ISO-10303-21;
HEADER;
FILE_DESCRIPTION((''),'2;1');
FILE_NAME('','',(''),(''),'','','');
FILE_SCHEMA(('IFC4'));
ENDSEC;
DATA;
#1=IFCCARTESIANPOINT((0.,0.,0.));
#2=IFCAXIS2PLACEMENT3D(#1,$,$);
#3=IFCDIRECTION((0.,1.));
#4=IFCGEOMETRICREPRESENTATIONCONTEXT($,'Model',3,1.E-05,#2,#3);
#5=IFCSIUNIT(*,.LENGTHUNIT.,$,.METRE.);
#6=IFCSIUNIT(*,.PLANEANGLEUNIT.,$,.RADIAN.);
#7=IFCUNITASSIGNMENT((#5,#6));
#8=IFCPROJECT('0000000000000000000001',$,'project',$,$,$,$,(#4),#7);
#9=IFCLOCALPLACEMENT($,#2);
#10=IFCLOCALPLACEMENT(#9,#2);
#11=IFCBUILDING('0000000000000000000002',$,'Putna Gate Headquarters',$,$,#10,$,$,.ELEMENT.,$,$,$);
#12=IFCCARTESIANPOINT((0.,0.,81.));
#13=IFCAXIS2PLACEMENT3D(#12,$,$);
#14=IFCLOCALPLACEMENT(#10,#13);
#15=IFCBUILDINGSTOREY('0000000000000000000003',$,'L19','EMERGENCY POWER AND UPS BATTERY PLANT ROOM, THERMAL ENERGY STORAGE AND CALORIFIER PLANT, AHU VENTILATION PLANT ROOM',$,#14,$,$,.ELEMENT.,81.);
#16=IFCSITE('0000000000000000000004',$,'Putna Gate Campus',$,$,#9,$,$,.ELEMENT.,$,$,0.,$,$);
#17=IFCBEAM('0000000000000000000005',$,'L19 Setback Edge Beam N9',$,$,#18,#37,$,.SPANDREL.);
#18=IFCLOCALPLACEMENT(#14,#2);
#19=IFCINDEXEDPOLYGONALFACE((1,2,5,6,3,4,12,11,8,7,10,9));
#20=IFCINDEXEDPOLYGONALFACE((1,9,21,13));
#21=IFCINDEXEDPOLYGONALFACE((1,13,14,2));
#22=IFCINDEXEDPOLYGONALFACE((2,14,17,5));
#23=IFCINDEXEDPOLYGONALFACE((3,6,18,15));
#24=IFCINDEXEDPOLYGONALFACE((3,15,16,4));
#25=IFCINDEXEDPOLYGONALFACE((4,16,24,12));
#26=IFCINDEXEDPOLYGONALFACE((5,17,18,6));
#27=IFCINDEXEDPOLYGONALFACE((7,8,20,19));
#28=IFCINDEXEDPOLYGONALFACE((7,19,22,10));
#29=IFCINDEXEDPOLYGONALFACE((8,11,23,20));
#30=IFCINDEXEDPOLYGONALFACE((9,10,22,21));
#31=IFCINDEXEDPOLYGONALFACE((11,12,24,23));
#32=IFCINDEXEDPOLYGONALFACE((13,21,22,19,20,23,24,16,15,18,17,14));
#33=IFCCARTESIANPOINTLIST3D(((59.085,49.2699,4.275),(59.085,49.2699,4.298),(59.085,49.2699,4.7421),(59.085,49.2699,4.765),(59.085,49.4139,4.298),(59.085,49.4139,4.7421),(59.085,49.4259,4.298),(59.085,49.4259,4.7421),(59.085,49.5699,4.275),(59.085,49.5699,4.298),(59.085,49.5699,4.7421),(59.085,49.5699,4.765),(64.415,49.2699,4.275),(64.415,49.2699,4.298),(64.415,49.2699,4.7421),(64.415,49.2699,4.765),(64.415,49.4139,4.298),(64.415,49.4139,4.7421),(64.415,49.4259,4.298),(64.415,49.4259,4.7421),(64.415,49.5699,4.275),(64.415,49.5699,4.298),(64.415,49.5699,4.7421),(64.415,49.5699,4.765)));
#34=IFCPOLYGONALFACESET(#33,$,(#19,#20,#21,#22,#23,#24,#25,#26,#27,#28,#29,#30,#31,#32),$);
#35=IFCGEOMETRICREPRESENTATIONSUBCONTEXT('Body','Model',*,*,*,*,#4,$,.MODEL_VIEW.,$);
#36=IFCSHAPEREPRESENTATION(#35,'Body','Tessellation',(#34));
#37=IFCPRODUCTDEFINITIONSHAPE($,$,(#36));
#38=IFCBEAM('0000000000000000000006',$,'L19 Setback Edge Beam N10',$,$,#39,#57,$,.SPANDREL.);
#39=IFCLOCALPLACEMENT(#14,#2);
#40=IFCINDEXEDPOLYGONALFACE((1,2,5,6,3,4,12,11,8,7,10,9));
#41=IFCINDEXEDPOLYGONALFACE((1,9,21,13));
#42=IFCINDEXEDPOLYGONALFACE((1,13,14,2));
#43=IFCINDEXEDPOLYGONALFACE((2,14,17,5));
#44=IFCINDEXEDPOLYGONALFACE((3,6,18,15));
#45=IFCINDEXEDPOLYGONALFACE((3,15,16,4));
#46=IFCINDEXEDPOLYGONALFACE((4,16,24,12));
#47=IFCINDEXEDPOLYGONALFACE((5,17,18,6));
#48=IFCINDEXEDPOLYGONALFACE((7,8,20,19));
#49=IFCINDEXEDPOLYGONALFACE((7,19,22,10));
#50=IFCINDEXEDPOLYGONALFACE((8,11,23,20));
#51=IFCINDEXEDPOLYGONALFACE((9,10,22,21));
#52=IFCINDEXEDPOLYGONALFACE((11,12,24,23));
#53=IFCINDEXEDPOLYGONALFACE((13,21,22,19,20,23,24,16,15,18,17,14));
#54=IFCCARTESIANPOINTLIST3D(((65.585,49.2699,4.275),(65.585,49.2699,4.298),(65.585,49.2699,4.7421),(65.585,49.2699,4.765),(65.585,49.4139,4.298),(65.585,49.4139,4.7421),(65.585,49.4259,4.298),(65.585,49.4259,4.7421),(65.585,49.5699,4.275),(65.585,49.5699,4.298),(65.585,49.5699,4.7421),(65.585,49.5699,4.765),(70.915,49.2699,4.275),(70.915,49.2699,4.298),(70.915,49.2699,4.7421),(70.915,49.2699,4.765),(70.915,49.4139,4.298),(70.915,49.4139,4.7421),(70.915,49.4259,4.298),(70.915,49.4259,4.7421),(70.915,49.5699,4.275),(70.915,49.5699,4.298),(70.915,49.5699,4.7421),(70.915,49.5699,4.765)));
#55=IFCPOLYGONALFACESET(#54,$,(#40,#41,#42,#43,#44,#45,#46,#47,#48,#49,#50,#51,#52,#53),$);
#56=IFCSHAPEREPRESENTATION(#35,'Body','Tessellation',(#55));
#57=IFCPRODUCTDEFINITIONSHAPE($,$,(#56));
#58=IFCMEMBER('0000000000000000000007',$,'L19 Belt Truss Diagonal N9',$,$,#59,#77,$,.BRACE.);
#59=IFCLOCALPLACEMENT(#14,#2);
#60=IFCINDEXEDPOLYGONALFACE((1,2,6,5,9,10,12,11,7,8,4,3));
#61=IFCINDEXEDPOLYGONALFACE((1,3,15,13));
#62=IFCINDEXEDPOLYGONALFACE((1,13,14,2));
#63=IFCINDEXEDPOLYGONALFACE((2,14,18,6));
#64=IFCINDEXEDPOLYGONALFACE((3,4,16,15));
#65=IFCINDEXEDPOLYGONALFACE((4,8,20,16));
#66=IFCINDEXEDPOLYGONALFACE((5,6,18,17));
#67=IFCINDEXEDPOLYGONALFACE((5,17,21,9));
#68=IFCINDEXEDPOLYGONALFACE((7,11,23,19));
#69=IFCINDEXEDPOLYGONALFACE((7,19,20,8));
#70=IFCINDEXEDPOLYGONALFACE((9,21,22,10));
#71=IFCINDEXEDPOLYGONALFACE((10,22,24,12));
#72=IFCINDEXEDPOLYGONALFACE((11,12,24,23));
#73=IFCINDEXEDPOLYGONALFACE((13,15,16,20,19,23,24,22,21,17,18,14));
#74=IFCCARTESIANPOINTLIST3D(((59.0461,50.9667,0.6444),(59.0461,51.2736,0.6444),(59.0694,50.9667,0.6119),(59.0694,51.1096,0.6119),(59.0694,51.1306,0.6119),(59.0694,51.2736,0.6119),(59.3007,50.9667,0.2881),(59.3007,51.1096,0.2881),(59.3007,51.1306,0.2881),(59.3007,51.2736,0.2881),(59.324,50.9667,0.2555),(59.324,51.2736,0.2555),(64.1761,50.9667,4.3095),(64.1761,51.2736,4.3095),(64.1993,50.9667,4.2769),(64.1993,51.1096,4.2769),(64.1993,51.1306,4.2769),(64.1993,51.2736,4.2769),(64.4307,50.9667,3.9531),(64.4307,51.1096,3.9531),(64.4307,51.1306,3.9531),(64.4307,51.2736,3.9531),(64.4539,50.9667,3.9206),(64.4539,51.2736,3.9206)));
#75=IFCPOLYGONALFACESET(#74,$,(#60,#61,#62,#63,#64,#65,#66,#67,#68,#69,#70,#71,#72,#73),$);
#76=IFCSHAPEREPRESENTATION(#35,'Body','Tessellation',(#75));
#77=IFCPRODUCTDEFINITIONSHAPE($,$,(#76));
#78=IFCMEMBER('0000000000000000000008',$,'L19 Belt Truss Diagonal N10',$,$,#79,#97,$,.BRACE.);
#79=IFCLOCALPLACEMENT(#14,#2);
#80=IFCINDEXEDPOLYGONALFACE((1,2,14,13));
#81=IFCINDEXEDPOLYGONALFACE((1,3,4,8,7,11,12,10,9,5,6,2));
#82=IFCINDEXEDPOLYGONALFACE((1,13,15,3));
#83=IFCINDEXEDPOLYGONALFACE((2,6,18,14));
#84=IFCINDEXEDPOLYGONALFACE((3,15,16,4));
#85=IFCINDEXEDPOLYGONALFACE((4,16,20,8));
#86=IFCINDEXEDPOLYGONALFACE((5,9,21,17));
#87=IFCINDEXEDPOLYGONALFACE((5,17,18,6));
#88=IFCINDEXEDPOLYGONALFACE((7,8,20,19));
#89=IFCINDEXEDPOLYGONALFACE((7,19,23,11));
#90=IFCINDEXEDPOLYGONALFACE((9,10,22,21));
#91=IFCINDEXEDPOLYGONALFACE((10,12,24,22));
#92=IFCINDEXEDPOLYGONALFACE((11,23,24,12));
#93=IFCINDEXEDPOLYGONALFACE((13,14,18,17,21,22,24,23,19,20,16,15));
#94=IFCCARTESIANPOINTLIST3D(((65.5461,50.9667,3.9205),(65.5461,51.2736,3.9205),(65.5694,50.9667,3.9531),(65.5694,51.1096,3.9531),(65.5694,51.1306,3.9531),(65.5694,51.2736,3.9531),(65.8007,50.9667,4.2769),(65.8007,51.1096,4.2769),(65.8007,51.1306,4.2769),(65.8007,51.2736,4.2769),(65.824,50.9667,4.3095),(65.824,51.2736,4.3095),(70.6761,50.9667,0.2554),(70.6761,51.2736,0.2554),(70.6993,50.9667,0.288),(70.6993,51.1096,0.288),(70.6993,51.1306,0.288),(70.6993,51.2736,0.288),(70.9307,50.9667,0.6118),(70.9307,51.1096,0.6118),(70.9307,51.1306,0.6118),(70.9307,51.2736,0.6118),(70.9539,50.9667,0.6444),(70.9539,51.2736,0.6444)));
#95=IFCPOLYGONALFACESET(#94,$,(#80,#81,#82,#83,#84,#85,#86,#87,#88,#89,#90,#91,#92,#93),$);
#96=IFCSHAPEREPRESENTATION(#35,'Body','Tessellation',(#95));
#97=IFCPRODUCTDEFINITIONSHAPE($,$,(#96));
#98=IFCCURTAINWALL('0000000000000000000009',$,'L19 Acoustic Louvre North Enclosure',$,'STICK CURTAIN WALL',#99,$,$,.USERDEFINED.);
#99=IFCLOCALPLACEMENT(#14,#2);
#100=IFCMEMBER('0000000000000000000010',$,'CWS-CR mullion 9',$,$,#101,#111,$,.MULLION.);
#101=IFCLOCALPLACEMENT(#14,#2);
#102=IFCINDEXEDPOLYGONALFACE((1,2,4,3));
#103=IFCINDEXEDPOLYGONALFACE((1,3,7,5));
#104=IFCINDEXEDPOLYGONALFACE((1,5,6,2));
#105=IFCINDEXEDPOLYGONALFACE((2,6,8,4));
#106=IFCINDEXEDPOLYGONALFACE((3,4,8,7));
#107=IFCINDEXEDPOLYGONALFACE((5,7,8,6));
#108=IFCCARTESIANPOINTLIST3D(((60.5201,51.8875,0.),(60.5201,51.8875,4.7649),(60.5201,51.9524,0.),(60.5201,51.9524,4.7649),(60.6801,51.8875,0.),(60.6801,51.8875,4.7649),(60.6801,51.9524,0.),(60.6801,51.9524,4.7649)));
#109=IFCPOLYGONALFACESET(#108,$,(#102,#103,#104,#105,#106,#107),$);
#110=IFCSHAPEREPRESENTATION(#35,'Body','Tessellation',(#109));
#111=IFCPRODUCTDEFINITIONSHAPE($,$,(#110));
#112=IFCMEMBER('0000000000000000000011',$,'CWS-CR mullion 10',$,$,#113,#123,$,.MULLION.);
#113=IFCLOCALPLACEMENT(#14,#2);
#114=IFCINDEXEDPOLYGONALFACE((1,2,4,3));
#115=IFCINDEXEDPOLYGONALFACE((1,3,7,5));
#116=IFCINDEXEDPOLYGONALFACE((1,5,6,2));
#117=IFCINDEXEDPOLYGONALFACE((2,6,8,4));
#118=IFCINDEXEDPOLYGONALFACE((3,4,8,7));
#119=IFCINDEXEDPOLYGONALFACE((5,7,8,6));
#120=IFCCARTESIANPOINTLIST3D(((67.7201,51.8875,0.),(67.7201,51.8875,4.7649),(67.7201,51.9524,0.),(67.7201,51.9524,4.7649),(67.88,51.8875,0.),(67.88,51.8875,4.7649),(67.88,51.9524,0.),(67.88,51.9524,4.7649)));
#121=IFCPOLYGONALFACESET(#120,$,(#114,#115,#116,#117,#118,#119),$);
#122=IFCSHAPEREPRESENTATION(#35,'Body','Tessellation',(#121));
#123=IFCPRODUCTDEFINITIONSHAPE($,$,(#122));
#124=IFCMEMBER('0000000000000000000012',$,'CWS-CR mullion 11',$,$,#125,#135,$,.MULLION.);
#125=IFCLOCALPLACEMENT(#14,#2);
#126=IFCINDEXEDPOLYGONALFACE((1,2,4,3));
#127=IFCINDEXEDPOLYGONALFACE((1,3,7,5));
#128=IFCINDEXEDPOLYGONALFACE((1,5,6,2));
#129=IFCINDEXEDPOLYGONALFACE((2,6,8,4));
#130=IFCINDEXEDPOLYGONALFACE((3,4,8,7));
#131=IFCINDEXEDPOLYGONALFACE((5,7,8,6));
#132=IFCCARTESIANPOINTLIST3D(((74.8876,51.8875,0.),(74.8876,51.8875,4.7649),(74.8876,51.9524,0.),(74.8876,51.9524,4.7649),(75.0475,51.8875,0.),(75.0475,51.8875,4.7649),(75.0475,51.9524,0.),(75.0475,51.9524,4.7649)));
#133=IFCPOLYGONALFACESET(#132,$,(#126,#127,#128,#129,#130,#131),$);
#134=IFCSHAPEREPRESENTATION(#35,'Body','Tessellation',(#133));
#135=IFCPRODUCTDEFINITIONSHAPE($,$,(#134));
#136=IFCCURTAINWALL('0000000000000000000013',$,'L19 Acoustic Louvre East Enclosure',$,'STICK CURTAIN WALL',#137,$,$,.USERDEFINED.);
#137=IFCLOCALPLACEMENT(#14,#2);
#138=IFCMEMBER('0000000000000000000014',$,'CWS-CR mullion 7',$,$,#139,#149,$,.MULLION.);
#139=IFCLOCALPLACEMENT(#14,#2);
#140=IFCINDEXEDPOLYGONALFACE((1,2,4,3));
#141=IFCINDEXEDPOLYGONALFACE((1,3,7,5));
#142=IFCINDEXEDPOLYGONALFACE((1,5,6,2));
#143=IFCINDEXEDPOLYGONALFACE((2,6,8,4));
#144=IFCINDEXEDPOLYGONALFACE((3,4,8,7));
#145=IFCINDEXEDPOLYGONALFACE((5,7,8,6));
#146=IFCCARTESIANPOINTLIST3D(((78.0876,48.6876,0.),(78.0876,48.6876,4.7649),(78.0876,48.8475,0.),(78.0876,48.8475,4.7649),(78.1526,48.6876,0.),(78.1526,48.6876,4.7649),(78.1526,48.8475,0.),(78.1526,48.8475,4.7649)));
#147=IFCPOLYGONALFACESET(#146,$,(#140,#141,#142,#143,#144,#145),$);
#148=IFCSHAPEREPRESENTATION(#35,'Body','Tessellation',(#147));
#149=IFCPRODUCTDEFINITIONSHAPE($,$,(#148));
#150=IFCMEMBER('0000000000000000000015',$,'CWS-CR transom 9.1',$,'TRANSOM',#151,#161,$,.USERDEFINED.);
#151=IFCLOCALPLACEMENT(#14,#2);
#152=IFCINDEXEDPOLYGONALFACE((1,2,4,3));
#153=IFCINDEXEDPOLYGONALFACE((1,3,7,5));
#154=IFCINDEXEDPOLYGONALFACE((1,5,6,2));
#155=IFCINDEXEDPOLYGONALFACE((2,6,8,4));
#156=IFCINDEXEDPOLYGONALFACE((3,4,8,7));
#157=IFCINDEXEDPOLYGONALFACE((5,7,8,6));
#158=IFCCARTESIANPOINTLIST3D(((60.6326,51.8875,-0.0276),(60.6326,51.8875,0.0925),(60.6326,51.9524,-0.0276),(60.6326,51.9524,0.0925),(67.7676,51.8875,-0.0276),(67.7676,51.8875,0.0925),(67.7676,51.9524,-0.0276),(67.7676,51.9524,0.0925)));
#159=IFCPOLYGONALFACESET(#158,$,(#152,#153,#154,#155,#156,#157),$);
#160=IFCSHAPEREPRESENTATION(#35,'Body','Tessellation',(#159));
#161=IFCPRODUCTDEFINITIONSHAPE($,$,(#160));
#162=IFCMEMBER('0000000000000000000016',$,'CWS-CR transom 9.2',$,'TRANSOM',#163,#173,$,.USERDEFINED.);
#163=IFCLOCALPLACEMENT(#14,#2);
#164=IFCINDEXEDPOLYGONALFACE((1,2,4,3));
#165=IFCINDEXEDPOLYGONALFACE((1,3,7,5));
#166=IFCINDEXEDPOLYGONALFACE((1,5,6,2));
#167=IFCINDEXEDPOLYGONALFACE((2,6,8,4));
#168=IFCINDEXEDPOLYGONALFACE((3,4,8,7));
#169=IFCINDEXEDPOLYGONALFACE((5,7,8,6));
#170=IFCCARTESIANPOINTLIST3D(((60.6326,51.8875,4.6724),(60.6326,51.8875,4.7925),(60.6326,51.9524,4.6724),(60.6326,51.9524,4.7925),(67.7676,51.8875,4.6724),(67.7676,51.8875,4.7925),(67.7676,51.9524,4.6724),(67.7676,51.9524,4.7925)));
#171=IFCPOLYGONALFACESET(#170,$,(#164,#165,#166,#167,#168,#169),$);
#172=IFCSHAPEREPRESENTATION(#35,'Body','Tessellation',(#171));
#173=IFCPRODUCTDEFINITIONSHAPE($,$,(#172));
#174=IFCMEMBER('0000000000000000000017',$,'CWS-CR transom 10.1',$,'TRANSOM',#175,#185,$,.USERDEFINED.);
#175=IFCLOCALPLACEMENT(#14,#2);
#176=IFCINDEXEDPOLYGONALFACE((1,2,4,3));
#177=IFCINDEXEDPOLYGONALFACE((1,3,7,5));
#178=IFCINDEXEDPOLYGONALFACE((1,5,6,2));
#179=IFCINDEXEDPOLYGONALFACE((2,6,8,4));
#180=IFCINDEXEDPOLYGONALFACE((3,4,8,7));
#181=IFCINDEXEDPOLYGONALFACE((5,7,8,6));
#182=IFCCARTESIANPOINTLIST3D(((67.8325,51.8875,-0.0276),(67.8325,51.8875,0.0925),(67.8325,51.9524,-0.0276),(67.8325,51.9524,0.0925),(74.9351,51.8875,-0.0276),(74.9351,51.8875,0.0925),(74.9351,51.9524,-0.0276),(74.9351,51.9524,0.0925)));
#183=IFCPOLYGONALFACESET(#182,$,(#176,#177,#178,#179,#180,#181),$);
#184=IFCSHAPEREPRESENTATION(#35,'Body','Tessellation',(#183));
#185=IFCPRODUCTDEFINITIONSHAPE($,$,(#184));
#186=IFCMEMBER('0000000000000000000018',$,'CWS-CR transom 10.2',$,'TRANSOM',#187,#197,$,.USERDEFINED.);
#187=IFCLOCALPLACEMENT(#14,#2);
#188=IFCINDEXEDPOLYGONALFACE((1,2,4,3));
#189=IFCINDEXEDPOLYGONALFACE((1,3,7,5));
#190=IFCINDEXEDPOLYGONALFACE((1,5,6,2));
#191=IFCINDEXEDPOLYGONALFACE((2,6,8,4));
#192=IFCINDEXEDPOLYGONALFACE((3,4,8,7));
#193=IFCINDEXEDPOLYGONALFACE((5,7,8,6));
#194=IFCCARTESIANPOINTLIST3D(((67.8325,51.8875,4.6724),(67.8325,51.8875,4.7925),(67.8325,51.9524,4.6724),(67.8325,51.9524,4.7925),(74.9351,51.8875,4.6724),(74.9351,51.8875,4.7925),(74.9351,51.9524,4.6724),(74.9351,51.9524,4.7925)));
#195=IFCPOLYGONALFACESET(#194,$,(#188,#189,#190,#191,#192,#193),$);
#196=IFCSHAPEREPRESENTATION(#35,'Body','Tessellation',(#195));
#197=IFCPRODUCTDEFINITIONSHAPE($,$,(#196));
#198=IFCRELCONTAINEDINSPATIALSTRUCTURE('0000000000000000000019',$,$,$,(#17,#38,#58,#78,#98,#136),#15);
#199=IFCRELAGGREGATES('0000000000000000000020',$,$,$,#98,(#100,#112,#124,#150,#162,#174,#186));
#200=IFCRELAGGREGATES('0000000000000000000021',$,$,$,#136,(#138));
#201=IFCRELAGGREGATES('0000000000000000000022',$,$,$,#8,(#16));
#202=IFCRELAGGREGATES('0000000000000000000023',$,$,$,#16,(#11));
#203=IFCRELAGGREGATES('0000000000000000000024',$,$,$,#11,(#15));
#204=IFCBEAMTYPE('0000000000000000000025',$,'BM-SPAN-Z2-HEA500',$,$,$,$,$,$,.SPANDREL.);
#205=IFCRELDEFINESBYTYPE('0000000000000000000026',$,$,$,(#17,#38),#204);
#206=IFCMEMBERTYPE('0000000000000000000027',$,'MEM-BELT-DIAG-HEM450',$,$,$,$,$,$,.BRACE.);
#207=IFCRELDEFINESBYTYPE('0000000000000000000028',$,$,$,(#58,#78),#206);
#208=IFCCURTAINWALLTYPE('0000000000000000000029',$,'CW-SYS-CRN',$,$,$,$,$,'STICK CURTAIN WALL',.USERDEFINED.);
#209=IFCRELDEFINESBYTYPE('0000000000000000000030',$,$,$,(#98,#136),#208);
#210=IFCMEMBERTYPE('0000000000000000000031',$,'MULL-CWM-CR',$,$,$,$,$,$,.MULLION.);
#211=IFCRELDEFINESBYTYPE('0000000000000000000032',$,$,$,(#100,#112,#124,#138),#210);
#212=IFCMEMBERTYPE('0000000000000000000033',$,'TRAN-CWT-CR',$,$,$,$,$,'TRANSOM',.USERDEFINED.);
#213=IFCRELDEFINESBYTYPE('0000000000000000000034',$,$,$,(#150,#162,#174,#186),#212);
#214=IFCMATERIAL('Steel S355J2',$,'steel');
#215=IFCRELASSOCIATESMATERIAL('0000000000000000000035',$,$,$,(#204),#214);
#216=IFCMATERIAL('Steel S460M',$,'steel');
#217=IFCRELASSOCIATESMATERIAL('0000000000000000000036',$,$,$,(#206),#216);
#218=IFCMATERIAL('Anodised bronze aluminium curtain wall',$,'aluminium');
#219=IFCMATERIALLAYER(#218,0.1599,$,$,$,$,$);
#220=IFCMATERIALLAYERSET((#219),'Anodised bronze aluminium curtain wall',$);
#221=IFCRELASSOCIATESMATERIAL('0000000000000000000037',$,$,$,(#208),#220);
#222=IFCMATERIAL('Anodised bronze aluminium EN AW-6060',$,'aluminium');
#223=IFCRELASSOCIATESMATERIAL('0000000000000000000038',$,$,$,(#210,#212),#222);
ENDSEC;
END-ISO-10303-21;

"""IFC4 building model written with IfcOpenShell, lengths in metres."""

from ifc_helpers import new_model, si_unit, direction, frame, origin, origin_2d, place, context, subcontext, project, spatial, rectangle, i_section, extrude, material, layer, layer_set, material_profile, profile_set, type_object, element, aggregate, save


model = new_model("IFC4")

# Units and contexts
model_context = context("Model", 3, precision=1e-05, world=origin(), true_north=direction((0.0, 1.0)))
body_context = subcontext(model_context, "Body", "Model", "MODEL_VIEW")
ifc_project = project(units=[si_unit("LENGTHUNIT", "METRE"), si_unit("PLANEANGLEUNIT", "RADIAN")], contexts=[model_context])

# Site, building, storey
site_placement = place(None, origin())
site = spatial("IfcSite", under=ifc_project, at=site_placement, Name="Putna Gate Campus", CompositionType="ELEMENT", RefElevation=0.0)
building_placement = place(site_placement, origin())
building = spatial("IfcBuilding", under=site, at=building_placement, Name="Putna Gate Headquarters", CompositionType="ELEMENT")
storey_placement = place(building_placement, frame((0.0, 0.0, 81.0)))
storey = spatial("IfcBuildingStorey", under=building, at=storey_placement, Name="L19", Description="EMERGENCY POWER AND UPS BATTERY PLANT ROOM, THERMAL ENERGY STORAGE AND CALORIFIER PLANT, AHU VENTILATION PLANT ROOM", CompositionType="ELEMENT", Elevation=81.0)

# Beams
ifc_material_1 = material(Name="Steel S355J2", Category="steel")
ifc_material_profile_1 = material_profile(ifc_material_1, i_section(OverallWidth=0.3, OverallDepth=0.49, WebThickness=0.012, FlangeThickness=0.0229, at=origin_2d()), Name="Steel S355J2")
ifc_profile_set_1 = profile_set([ifc_material_profile_1], Name="Steel S355J2")
beam_type_1 = type_object("IfcBeamType", Name="BM-SPAN-Z2-HEA500", PredefinedType="SPANDREL", material=ifc_profile_set_1)
for number, where, z_axis, x_axis, name in (
    (1, (59.085, 49.4199, 4.52), (1.0, 0.0, 0.0), (0.0, 1.0, 0.0), "L19 Setback Edge Beam N9"),
    (2, (65.585, 49.4199, 4.52), (1.0, 0.0, 0.0), (0.0, 1.0, 0.0), "L19 Setback Edge Beam N10"),
):
    element("IfcBeam", number, at=place(storey_placement, frame(where, z_axis=z_axis, x_axis=x_axis)), inside=storey, type_object=beam_type_1, Name=name, PredefinedType="SPANDREL", context=body_context, shape_type="SweptSolid", body=[
        extrude(i_section(OverallWidth=0.3, OverallDepth=0.49, WebThickness=0.012, FlangeThickness=0.0229, at=origin_2d()), origin(), (0.0, 0.0, 1.0), 5.3301),
    ])

# Members
ifc_material_2 = material(Name="Steel S460M", Category="steel")
ifc_material_profile_2 = material_profile(ifc_material_2, i_section(OverallWidth=0.3069, OverallDepth=0.478, WebThickness=0.021, FlangeThickness=0.04, at=origin_2d()), Name="Steel S460M")
ifc_profile_set_2 = profile_set([ifc_material_profile_2], Name="Steel S460M")
member_type_1 = type_object("IfcMemberType", Name="MEM-BELT-DIAG-HEM450", PredefinedType="BRACE", material=ifc_profile_set_2)
for number, where, z_axis, x_axis, name in (
    (3, (59.1851, 51.1201, 0.45), (0.813671, 0.0, 0.581326), (0.0, 1.0, 0.0), "L19 Belt Truss Diagonal N9"),
    (4, (65.6851, 51.1201, 4.115), (0.813671, 0.0, -0.581326), (0.0, 1.0, 0.0), "L19 Belt Truss Diagonal N10"),
):
    element("IfcMember", number, at=place(storey_placement, frame(where, z_axis=z_axis, x_axis=x_axis)), inside=storey, type_object=member_type_1, Name=name, PredefinedType="BRACE", context=body_context, shape_type="SweptSolid", body=[
        extrude(i_section(OverallWidth=0.3069, OverallDepth=0.478, WebThickness=0.021, FlangeThickness=0.04, at=origin_2d()), origin(), (0.0, 0.0, 1.0), 6.3047),
    ])

# Curtain wall, members
ifc_material_3 = material(Name="Anodised bronze aluminium curtain wall", Category="aluminium")
ifc_layer_1 = layer(ifc_material_3, 0.1599)
ifc_layer_set_1 = layer_set([ifc_layer_1], Name="Anodised bronze aluminium curtain wall")
curtain_wall_type = type_object("IfcCurtainWallType", Name="CW-SYS-CRN", ElementType="STICK CURTAIN WALL", PredefinedType="USERDEFINED", material=ifc_layer_set_1)
curtain_wall_1_placement = place(storey_placement, origin())
curtain_wall_1 = element("IfcCurtainWall", 5, at=curtain_wall_1_placement, inside=storey, type_object=curtain_wall_type, Name="L19 Acoustic Louvre North Enclosure", ObjectType="STICK CURTAIN WALL", PredefinedType="USERDEFINED")
ifc_material_4 = material(Name="Anodised bronze aluminium EN AW-6060", Category="aluminium")
ifc_material_profile_3 = material_profile(ifc_material_4, rectangle(XDim=0.0649, YDim=0.1599, at=origin_2d()), Name="Anodised bronze aluminium EN AW-6060")
ifc_profile_set_3 = profile_set([ifc_material_profile_3], Name="Anodised bronze aluminium EN AW-6060")
member_type_2 = type_object("IfcMemberType", Name="MULL-CWM-CR", PredefinedType="MULLION", material=ifc_profile_set_3)
member_1_placement = place(storey_placement, frame((60.6001, 51.9199, 0.0), z_axis=(0.0, 0.0, 1.0), x_axis=(0.0, 1.0, 0.0)))
member_1 = element("IfcMember", 6, at=member_1_placement, type_object=member_type_2, Name="CWS-CR mullion 9", PredefinedType="MULLION", context=body_context, shape_type="SweptSolid", body=[
    extrude(rectangle(XDim=0.0649, YDim=0.1599, at=origin_2d()), origin(), (0.0, 0.0, 1.0), 4.7649),
])
member_2_placement = place(storey_placement, frame((67.8, 51.9199, 0.0), z_axis=(0.0, 0.0, 1.0), x_axis=(0.0, 1.0, 0.0)))
member_2 = element("IfcMember", 7, at=member_2_placement, type_object=member_type_2, Name="CWS-CR mullion 10", PredefinedType="MULLION", context=body_context, shape_type="SweptSolid", body=[
    extrude(rectangle(XDim=0.0649, YDim=0.1599, at=origin_2d()), origin(), (0.0, 0.0, 1.0), 4.7649),
])
member_3_placement = place(storey_placement, frame((74.9675, 51.9199, 0.0), z_axis=(0.0, 0.0, 1.0), x_axis=(0.0, 1.0, 0.0)))
member_3 = element("IfcMember", 8, at=member_3_placement, type_object=member_type_2, Name="CWS-CR mullion 11", PredefinedType="MULLION", context=body_context, shape_type="SweptSolid", body=[
    extrude(rectangle(XDim=0.0649, YDim=0.1599, at=origin_2d()), origin(), (0.0, 0.0, 1.0), 4.7649),
])

# Curtain wall, member
curtain_wall_2_placement = place(storey_placement, origin())
curtain_wall_2 = element("IfcCurtainWall", 9, at=curtain_wall_2_placement, inside=storey, type_object=curtain_wall_type, Name="L19 Acoustic Louvre East Enclosure", ObjectType="STICK CURTAIN WALL", PredefinedType="USERDEFINED")
member_4_placement = place(storey_placement, frame((78.1201, 48.7676, 0.0), z_axis=(0.0, 0.0, 1.0), x_axis=(-1.0, 0.0, 0.0)))
member_4 = element("IfcMember", 10, at=member_4_placement, type_object=member_type_2, Name="CWS-CR mullion 7", PredefinedType="MULLION", context=body_context, shape_type="SweptSolid", body=[
    extrude(rectangle(XDim=0.0649, YDim=0.1599, at=origin_2d()), origin(), (0.0, 0.0, 1.0), 4.7649),
])

# Members
ifc_material_profile_4 = material_profile(ifc_material_4, rectangle(XDim=0.0649, YDim=0.1201, at=origin_2d()), Name="Anodised bronze aluminium EN AW-6060")
ifc_profile_set_4 = profile_set([ifc_material_profile_4], Name="Anodised bronze aluminium EN AW-6060")
member_type_3 = type_object("IfcMemberType", Name="TRAN-CWT-CR", ElementType="TRANSOM", PredefinedType="USERDEFINED", material=ifc_profile_set_4)
member_5_placement = place(storey_placement, frame((60.6326, 51.9199, 0.0325), z_axis=(1.0, 0.0, 0.0), x_axis=(0.0, 1.0, 0.0)))
member_5 = element("IfcMember", 11, at=member_5_placement, type_object=member_type_3, Name="CWS-CR transom 9.1", ObjectType="TRANSOM", PredefinedType="USERDEFINED", context=body_context, shape_type="SweptSolid", body=[
    extrude(rectangle(XDim=0.0649, YDim=0.1201, at=origin_2d()), origin(), (0.0, 0.0, 1.0), 7.135),
])
member_6_placement = place(storey_placement, frame((60.6326, 51.9199, 4.7324), z_axis=(1.0, 0.0, 0.0), x_axis=(0.0, 1.0, 0.0)))
member_6 = element("IfcMember", 12, at=member_6_placement, type_object=member_type_3, Name="CWS-CR transom 9.2", ObjectType="TRANSOM", PredefinedType="USERDEFINED", context=body_context, shape_type="SweptSolid", body=[
    extrude(rectangle(XDim=0.0649, YDim=0.1201, at=origin_2d()), origin(), (0.0, 0.0, 1.0), 7.135),
])
member_7_placement = place(storey_placement, frame((67.8325, 51.9199, 0.0325), z_axis=(1.0, 0.0, 0.0), x_axis=(0.0, 1.0, 0.0)))
member_7 = element("IfcMember", 13, at=member_7_placement, type_object=member_type_3, Name="CWS-CR transom 10.1", ObjectType="TRANSOM", PredefinedType="USERDEFINED", context=body_context, shape_type="SweptSolid", body=[
    extrude(rectangle(XDim=0.0649, YDim=0.1201, at=origin_2d()), origin(), (0.0, 0.0, 1.0), 7.1025),
])
member_8_placement = place(storey_placement, frame((67.8325, 51.9199, 4.7324), z_axis=(1.0, 0.0, 0.0), x_axis=(0.0, 1.0, 0.0)))
member_8 = element("IfcMember", 14, at=member_8_placement, type_object=member_type_3, Name="CWS-CR transom 10.2", ObjectType="TRANSOM", PredefinedType="USERDEFINED", context=body_context, shape_type="SweptSolid", body=[
    extrude(rectangle(XDim=0.0649, YDim=0.1201, at=origin_2d()), origin(), (0.0, 0.0, 1.0), 7.1025),
])

aggregate(curtain_wall_1, [member_1, member_2, member_3, member_5, member_6, member_7, member_8])
aggregate(curtain_wall_2, [member_4])

save(model, "model.ifc")
